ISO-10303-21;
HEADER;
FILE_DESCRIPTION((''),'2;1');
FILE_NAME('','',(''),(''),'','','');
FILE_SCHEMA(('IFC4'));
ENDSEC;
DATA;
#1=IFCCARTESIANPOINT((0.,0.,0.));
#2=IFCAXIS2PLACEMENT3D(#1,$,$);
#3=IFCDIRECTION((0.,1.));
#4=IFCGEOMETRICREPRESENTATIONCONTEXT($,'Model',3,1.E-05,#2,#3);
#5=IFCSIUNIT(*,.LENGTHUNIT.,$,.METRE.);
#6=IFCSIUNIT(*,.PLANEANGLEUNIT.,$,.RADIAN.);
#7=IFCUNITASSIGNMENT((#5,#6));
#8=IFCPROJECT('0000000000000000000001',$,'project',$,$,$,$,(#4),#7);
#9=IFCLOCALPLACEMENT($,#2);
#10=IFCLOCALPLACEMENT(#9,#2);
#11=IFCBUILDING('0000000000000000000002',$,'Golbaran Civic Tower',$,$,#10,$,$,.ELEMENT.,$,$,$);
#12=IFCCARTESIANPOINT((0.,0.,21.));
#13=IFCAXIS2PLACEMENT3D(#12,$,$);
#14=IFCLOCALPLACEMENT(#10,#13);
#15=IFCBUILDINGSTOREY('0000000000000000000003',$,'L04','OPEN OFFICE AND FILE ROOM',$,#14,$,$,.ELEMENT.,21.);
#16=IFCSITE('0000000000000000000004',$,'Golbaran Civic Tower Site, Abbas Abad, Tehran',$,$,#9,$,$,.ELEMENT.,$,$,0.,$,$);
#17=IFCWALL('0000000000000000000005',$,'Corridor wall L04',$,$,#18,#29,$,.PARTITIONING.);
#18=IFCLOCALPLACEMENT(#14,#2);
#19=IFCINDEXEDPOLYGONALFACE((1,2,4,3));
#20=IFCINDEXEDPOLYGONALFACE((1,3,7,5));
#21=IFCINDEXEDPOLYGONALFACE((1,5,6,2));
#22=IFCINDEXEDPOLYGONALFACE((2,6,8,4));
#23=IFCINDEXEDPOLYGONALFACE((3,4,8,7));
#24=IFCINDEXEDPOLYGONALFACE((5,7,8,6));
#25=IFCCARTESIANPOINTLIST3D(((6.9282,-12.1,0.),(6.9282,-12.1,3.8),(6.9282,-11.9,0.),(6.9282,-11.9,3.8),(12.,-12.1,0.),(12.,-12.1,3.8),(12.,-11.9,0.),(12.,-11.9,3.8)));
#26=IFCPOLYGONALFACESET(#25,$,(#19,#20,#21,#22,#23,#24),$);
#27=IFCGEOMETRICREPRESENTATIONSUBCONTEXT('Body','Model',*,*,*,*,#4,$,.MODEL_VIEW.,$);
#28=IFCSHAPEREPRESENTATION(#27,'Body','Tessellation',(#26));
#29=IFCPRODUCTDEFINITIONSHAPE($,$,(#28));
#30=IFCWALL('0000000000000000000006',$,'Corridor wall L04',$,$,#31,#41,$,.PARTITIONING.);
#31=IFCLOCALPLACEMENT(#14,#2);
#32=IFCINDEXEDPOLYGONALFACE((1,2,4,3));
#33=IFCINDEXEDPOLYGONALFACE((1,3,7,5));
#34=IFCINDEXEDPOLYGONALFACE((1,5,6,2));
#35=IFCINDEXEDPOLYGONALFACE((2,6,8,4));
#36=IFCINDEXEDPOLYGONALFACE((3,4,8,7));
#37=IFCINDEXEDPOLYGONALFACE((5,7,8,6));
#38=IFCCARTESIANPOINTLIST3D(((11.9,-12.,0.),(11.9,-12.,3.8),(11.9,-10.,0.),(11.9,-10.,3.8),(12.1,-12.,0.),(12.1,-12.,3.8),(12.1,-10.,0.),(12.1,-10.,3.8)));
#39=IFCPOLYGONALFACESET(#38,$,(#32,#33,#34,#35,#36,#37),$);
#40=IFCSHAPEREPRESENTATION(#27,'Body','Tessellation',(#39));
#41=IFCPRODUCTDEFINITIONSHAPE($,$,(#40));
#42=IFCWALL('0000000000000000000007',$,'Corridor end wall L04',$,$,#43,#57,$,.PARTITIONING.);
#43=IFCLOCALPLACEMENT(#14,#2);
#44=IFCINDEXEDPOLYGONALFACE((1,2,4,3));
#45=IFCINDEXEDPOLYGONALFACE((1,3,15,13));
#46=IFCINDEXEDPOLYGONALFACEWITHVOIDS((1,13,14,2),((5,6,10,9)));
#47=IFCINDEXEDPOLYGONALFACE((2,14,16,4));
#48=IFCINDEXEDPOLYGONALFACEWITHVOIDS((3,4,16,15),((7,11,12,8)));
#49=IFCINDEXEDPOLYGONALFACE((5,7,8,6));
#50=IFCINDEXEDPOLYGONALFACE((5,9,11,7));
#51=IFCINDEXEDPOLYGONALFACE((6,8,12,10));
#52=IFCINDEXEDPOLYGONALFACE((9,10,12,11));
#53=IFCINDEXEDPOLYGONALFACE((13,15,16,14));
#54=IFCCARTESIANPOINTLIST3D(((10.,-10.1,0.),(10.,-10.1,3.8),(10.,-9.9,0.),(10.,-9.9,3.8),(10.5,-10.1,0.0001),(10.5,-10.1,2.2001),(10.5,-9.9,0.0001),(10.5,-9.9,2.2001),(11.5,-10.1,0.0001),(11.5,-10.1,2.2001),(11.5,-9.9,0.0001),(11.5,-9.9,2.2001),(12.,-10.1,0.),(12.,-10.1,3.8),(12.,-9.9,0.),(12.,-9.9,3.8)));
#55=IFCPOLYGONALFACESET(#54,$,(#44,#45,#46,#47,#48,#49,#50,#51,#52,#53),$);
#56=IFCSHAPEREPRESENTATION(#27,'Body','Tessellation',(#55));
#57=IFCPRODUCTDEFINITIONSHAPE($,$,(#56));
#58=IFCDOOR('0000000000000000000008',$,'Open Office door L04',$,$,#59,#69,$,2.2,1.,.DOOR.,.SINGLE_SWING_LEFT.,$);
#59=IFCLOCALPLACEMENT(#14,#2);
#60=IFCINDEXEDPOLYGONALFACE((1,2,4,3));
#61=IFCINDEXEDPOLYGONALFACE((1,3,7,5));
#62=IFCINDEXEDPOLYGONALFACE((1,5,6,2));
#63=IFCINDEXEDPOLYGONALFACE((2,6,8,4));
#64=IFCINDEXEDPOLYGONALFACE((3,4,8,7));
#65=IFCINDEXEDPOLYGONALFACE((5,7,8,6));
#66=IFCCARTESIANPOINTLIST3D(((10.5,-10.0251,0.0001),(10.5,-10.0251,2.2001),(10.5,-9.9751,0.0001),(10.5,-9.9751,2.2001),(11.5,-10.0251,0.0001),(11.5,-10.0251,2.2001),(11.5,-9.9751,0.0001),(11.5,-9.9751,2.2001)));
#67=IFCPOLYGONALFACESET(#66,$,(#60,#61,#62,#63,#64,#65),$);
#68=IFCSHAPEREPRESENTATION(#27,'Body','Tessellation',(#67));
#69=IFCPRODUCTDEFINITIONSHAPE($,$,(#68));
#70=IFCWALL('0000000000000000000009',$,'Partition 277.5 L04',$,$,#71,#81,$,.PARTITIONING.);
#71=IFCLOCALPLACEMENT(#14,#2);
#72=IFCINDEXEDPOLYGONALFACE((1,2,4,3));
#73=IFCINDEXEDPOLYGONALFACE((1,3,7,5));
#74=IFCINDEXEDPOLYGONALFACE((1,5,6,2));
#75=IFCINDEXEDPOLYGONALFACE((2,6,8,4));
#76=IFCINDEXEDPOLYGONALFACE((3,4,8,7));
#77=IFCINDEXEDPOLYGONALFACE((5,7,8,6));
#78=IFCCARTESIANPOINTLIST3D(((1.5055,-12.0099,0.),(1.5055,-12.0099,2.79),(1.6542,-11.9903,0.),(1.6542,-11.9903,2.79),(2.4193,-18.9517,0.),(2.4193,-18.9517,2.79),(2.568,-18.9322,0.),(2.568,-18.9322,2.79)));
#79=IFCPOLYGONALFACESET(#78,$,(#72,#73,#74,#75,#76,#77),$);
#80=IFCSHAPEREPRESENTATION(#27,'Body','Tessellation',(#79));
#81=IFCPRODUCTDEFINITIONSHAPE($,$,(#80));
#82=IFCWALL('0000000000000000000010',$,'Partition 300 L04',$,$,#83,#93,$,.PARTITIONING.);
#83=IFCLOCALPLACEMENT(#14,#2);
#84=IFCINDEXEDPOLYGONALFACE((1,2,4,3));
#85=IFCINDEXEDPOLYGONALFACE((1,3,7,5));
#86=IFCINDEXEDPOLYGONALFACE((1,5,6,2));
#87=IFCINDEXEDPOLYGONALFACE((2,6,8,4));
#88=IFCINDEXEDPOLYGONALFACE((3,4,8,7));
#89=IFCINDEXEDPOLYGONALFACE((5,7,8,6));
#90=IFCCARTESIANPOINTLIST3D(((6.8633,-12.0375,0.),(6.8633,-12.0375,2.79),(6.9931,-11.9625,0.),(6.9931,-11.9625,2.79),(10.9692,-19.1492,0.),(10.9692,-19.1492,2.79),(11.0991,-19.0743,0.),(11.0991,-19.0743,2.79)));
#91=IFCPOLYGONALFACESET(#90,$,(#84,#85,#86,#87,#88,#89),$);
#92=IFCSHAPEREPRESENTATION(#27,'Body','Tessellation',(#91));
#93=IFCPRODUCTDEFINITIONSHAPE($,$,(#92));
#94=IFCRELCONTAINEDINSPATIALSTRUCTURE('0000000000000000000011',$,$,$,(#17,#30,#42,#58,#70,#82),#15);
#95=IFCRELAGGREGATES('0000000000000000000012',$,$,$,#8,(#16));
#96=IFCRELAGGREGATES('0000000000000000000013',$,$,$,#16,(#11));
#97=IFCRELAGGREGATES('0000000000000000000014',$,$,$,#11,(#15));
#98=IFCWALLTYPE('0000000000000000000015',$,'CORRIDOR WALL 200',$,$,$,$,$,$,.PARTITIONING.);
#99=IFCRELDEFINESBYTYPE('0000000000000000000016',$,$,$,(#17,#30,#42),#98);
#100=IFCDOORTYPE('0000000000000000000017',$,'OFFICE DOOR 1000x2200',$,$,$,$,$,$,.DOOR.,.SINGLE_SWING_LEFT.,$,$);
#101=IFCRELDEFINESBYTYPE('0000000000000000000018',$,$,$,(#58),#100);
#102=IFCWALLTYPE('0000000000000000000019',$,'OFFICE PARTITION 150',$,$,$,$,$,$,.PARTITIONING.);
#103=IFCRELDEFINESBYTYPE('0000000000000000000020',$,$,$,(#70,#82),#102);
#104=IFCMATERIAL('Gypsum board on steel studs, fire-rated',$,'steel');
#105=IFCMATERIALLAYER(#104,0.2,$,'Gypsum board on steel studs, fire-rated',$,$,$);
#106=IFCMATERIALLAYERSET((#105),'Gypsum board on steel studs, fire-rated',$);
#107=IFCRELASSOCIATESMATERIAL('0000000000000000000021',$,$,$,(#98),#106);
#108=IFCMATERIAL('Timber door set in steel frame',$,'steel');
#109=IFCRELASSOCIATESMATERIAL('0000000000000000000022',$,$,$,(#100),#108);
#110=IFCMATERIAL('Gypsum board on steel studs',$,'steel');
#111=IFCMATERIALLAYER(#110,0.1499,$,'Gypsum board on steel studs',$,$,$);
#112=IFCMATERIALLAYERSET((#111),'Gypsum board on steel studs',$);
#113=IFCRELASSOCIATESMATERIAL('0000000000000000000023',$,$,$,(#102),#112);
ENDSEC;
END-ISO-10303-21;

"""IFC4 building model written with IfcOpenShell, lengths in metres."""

from ifc_helpers import new_model, si_unit, direction, frame, frame_2d, origin, place, context, subcontext, project, spatial, rectangle, extrude, material, layer, layer_set, type_object, element, fill, save


model = new_model("IFC4")

# Units and contexts
model_context = context("Model", 3, precision=1e-05, world=origin(), true_north=direction((0.0, 1.0)))
body_context = subcontext(model_context, "Body", "Model", "MODEL_VIEW")
ifc_project = project(units=[si_unit("LENGTHUNIT", "METRE"), si_unit("PLANEANGLEUNIT", "RADIAN")], contexts=[model_context])

# Site, building, storey
site_placement = place(None, origin())
site = spatial("IfcSite", under=ifc_project, at=site_placement, Name="Golbaran Civic Tower Site, Abbas Abad, Tehran", CompositionType="ELEMENT", RefElevation=0.0)
building_placement = place(site_placement, origin())
building = spatial("IfcBuilding", under=site, at=building_placement, Name="Golbaran Civic Tower", CompositionType="ELEMENT")
storey_placement = place(building_placement, frame((0.0, 0.0, 21.0)))
storey = spatial("IfcBuildingStorey", under=building, at=storey_placement, Name="L04", Description="OPEN OFFICE AND FILE ROOM", CompositionType="ELEMENT", Elevation=21.0)

# Shared definitions
ifc_material_1 = material(Name="Timber door set in steel frame", Category="steel")
ifc_material_2 = material(Name="Gypsum board on steel studs, fire-rated", Category="steel")
ifc_layer_1 = layer(ifc_material_2, 0.2, Name="Gypsum board on steel studs, fire-rated")
ifc_layer_set_1 = layer_set([ifc_layer_1], Name="Gypsum board on steel studs, fire-rated")
wall_type_1 = type_object("IfcWallType", Name="CORRIDOR WALL 200", PredefinedType="PARTITIONING", material=ifc_layer_set_1)

# Walls
wall_1_placement = place(storey_placement, frame((6.9282, -12.0, 0.0), z_axis=(0.0, 0.0, 1.0), x_axis=(1.0, 0.0, 0.0)))
element("IfcWall", 1, at=wall_1_placement, inside=storey, type_object=wall_type_1, Name="Corridor wall L04", PredefinedType="PARTITIONING", context=body_context, shape_type="SweptSolid", body=[
    extrude(rectangle(XDim=5.0718, YDim=0.2, at=frame_2d((2.5359, 0.0))), origin(), (0.0, 0.0, 1.0), 3.8),
])
wall_2_placement = place(storey_placement, frame((12.0, -12.0, 0.0), z_axis=(0.0, 0.0, 1.0), x_axis=(0.0, 1.0, 0.0)))
element("IfcWall", 2, at=wall_2_placement, inside=storey, type_object=wall_type_1, Name="Corridor wall L04", PredefinedType="PARTITIONING", context=body_context, shape_type="SweptSolid", body=[
    extrude(rectangle(XDim=2.0, YDim=0.2, at=frame_2d((1.0, 0.0))), origin(), (0.0, 0.0, 1.0), 3.8),
])

# Wall, opening, door
wall_3_placement = place(storey_placement, frame((10.0, -10.0, 0.0), z_axis=(0.0, 0.0, 1.0), x_axis=(1.0, 0.0, 0.0)))
wall_3 = element("IfcWall", 3, at=wall_3_placement, inside=storey, type_object=wall_type_1, Name="Corridor end wall L04", PredefinedType="PARTITIONING", context=body_context, shape_type="SweptSolid", body=[
    extrude(rectangle(XDim=2.0, YDim=0.2, at=frame_2d((1.0, 0.0))), origin(), (0.0, 0.0, 1.0), 3.8),
])
opening_1_placement = place(wall_3_placement, frame((0.5, 0.0, 0.0)))
opening_1 = element("IfcOpeningElement", 4, at=opening_1_placement, cuts=wall_3, PredefinedType="OPENING", context=body_context, shape_type="SweptSolid", body=[
    extrude(rectangle(XDim=1.0, YDim=2.2, at=frame_2d((0.5, 1.1001))), frame((0.0, 0.1099, 0.0), z_axis=(0.0, -1.0, 0.0), x_axis=(1.0, 0.0, 0.0)), (0.0, 0.0, 1.0), 0.22),
])
door_type_1 = type_object("IfcDoorType", Name="OFFICE DOOR 1000x2200", OperationType="SINGLE_SWING_LEFT", PredefinedType="DOOR", material=ifc_material_1)
door_1_placement = place(opening_1_placement, origin())
door_1 = element("IfcDoor", 5, at=door_1_placement, inside=storey, type_object=door_type_1, Name="Open Office door L04", OperationType="SINGLE_SWING_LEFT", OverallHeight=2.2, OverallWidth=1.0, PredefinedType="DOOR", context=body_context, shape_type="SweptSolid", body=[
    extrude(rectangle(XDim=1.0, YDim=2.2, at=frame_2d((0.5, 1.1001))), frame((0.0, 0.0249, 0.0), z_axis=(0.0, -1.0, 0.0), x_axis=(1.0, 0.0, 0.0)), (0.0, 0.0, 1.0), 0.05),
])
fill(opening_1, door_1)

# Walls
ifc_material_3 = material(Name="Gypsum board on steel studs", Category="steel")
ifc_layer_2 = layer(ifc_material_3, 0.1499, Name="Gypsum board on steel studs")
ifc_layer_set_2 = layer_set([ifc_layer_2], Name="Gypsum board on steel studs")
wall_type_2 = type_object("IfcWallType", Name="OFFICE PARTITION 150", PredefinedType="PARTITIONING", material=ifc_layer_set_2)
wall_4_placement = place(storey_placement, frame((1.5798, -12.0, 0.0), z_axis=(0.0, 0.0, 1.0), x_axis=(0.130512, -0.991447, 0.0)))
element("IfcWall", 6, at=wall_4_placement, inside=storey, type_object=wall_type_2, Name="Partition 277.5 L04", PredefinedType="PARTITIONING", context=body_context, shape_type="SweptSolid", body=[
    extrude(rectangle(XDim=7.0017, YDim=0.1499, at=frame_2d((3.501, 0.0))), origin(), (0.0, 0.0, 1.0), 2.79),
])
wall_5_placement = place(storey_placement, frame((6.9282, -12.0, 0.0), z_axis=(0.0, 0.0, 1.0), x_axis=(0.499995, -0.866028, 0.0)))
element("IfcWall", 7, at=wall_5_placement, inside=storey, type_object=wall_type_2, Name="Partition 300 L04", PredefinedType="PARTITIONING", context=body_context, shape_type="SweptSolid", body=[
    extrude(rectangle(XDim=8.2119, YDim=0.1499, at=frame_2d((4.106, 0.0))), origin(), (0.0, 0.0, 1.0), 2.79),
])

save(model, "model.ifc")
